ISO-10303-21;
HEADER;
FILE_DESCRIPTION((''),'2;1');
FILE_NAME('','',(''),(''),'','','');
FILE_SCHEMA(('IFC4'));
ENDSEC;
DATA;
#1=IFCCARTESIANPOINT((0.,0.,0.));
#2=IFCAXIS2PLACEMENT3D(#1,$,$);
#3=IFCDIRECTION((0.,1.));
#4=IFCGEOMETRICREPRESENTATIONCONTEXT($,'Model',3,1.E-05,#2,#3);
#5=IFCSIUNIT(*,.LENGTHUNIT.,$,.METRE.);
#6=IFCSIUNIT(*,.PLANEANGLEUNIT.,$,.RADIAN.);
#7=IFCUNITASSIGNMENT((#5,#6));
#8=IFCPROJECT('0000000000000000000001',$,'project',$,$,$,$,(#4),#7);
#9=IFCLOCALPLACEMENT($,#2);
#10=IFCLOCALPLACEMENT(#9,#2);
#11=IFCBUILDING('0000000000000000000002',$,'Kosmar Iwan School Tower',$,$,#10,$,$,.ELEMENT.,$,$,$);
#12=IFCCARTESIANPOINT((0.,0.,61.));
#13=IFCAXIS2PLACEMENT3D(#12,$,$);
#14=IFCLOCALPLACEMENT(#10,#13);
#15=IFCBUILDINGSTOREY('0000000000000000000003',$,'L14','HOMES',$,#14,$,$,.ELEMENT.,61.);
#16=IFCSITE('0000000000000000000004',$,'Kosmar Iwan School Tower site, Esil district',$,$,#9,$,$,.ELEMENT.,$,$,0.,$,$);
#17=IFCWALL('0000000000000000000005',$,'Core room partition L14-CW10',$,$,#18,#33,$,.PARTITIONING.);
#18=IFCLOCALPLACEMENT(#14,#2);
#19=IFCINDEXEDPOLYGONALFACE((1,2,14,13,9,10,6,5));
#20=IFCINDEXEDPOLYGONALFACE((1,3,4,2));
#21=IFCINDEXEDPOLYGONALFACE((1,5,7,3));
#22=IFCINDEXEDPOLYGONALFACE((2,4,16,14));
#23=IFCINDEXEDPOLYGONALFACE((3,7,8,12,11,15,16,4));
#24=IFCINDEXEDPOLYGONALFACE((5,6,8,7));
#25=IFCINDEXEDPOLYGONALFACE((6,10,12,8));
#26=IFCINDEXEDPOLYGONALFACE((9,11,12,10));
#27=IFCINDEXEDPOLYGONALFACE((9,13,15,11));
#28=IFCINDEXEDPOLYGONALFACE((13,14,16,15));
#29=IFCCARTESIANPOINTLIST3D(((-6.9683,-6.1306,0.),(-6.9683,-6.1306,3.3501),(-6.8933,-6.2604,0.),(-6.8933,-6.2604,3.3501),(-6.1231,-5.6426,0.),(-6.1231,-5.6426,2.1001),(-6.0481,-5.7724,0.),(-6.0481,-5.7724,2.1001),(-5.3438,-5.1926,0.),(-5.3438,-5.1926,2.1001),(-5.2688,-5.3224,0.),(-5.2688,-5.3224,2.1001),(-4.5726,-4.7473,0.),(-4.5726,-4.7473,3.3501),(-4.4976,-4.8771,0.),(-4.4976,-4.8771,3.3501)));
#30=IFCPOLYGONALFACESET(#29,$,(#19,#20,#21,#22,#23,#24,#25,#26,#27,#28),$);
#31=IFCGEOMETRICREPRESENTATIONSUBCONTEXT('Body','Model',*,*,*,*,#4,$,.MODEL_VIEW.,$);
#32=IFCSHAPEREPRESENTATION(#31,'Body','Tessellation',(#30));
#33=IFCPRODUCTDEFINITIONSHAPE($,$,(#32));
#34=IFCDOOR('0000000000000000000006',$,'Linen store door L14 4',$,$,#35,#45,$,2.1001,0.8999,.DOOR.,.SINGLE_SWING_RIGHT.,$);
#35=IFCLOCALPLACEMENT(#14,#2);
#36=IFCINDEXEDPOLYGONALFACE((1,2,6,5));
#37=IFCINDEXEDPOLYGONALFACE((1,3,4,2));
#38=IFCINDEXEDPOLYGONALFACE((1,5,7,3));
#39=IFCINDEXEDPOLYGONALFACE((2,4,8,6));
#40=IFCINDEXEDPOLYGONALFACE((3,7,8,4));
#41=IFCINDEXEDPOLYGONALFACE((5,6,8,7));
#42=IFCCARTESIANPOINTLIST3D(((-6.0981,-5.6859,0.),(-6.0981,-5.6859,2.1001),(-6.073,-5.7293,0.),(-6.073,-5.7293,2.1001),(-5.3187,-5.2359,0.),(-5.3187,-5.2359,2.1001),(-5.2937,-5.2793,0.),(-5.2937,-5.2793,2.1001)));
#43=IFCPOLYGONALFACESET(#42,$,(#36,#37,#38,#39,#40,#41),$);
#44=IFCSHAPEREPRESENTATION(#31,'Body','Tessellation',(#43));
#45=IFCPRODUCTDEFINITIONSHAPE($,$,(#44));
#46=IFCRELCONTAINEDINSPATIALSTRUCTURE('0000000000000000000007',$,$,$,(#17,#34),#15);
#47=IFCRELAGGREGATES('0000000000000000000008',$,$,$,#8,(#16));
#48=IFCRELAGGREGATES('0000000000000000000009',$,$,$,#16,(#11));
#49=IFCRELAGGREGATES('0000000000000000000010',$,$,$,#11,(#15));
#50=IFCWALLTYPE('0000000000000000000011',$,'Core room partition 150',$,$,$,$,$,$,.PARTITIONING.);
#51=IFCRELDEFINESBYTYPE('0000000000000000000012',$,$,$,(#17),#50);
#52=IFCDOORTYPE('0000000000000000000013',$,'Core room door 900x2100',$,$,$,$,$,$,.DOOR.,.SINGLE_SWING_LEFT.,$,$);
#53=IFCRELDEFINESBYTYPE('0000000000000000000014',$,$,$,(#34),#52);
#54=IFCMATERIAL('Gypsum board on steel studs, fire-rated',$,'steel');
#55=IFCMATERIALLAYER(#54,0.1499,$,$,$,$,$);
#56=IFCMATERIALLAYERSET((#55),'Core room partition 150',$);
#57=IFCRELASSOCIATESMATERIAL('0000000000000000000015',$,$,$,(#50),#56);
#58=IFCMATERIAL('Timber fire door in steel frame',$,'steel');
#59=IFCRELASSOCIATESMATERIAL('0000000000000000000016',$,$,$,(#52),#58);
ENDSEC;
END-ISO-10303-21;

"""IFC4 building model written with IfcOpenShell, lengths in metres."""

from ifc_helpers import new_model, si_unit, direction, frame, frame_2d, origin, place, context, subcontext, project, spatial, rectangle, extrude, material, layer, layer_set, type_object, element, fill, save


model = new_model("IFC4")

# Units and contexts
model_context = context("Model", 3, precision=1e-05, world=origin(), true_north=direction((0.0, 1.0)))
body_context = subcontext(model_context, "Body", "Model", "MODEL_VIEW")
ifc_project = project(units=[si_unit("LENGTHUNIT", "METRE"), si_unit("PLANEANGLEUNIT", "RADIAN")], contexts=[model_context])

# Site, building, storey
site_placement = place(None, origin())
site = spatial("IfcSite", under=ifc_project, at=site_placement, Name="Kosmar Iwan School Tower site, Esil district", CompositionType="ELEMENT", RefElevation=0.0)
building_placement = place(site_placement, origin())
building = spatial("IfcBuilding", under=site, at=building_placement, Name="Kosmar Iwan School Tower", CompositionType="ELEMENT")
storey_placement = place(building_placement, frame((0.0, 0.0, 61.0)))
storey = spatial("IfcBuildingStorey", under=building, at=storey_placement, Name="L14", Description="HOMES", CompositionType="ELEMENT", Elevation=61.0)

# Wall, opening, door
ifc_material_1 = material(Name="Gypsum board on steel studs, fire-rated", Category="steel")
ifc_layer_1 = layer(ifc_material_1, 0.1499)
ifc_layer_set_1 = layer_set([ifc_layer_1], Name="Core room partition 150")
wall_type_1 = type_object("IfcWallType", Name="Core room partition 150", PredefinedType="PARTITIONING", material=ifc_layer_set_1)
wall_1_placement = place(storey_placement, frame((-6.9309, -6.1956, 0.0), z_axis=(0.0, 0.0, 1.0), x_axis=(0.866008, 0.500031, 0.0)))
wall_1 = element("IfcWall", 1, at=wall_1_placement, inside=storey, type_object=wall_type_1, Name="Core room partition L14-CW10", PredefinedType="PARTITIONING", context=body_context, shape_type="SweptSolid", body=[
    extrude(rectangle(XDim=2.7664, YDim=0.1499, at=frame_2d((1.3833, 0.0))), origin(), (0.0, 0.0, 1.0), 3.3501),
])
opening_1_placement = place(wall_1_placement, frame((0.9761, 0.0, 0.0)))
opening_1 = element("IfcOpeningElement", 2, at=opening_1_placement, cuts=wall_1, PredefinedType="OPENING", context=body_context, shape_type="SweptSolid", body=[
    extrude(rectangle(XDim=0.8999, YDim=2.1001, at=frame_2d((0.45, 1.05))), frame((0.0, 0.0869, 0.0), z_axis=(0.0, -1.0, 0.0), x_axis=(1.0, 0.0, 0.0)), (0.0, 0.0, 1.0), 0.1738),
])
ifc_material_2 = material(Name="Timber fire door in steel frame", Category="steel")
door_type_1 = type_object("IfcDoorType", Name="Core room door 900x2100", OperationType="SINGLE_SWING_LEFT", PredefinedType="DOOR", material=ifc_material_2)
door_1_placement = place(opening_1_placement, origin())
door_1 = element("IfcDoor", 3, at=door_1_placement, inside=storey, type_object=door_type_1, Name="Linen store door L14 4", OperationType="SINGLE_SWING_RIGHT", OverallHeight=2.1001, OverallWidth=0.8999, PredefinedType="DOOR", context=body_context, shape_type="SweptSolid", body=[
    extrude(rectangle(XDim=0.8999, YDim=2.1001, at=frame_2d((0.45, 1.05))), frame((0.0, 0.0249, 0.0), z_axis=(0.0, -1.0, 0.0), x_axis=(1.0, 0.0, 0.0)), (0.0, 0.0, 1.0), 0.05),
])
fill(opening_1, door_1)

save(model, "model.ifc")
